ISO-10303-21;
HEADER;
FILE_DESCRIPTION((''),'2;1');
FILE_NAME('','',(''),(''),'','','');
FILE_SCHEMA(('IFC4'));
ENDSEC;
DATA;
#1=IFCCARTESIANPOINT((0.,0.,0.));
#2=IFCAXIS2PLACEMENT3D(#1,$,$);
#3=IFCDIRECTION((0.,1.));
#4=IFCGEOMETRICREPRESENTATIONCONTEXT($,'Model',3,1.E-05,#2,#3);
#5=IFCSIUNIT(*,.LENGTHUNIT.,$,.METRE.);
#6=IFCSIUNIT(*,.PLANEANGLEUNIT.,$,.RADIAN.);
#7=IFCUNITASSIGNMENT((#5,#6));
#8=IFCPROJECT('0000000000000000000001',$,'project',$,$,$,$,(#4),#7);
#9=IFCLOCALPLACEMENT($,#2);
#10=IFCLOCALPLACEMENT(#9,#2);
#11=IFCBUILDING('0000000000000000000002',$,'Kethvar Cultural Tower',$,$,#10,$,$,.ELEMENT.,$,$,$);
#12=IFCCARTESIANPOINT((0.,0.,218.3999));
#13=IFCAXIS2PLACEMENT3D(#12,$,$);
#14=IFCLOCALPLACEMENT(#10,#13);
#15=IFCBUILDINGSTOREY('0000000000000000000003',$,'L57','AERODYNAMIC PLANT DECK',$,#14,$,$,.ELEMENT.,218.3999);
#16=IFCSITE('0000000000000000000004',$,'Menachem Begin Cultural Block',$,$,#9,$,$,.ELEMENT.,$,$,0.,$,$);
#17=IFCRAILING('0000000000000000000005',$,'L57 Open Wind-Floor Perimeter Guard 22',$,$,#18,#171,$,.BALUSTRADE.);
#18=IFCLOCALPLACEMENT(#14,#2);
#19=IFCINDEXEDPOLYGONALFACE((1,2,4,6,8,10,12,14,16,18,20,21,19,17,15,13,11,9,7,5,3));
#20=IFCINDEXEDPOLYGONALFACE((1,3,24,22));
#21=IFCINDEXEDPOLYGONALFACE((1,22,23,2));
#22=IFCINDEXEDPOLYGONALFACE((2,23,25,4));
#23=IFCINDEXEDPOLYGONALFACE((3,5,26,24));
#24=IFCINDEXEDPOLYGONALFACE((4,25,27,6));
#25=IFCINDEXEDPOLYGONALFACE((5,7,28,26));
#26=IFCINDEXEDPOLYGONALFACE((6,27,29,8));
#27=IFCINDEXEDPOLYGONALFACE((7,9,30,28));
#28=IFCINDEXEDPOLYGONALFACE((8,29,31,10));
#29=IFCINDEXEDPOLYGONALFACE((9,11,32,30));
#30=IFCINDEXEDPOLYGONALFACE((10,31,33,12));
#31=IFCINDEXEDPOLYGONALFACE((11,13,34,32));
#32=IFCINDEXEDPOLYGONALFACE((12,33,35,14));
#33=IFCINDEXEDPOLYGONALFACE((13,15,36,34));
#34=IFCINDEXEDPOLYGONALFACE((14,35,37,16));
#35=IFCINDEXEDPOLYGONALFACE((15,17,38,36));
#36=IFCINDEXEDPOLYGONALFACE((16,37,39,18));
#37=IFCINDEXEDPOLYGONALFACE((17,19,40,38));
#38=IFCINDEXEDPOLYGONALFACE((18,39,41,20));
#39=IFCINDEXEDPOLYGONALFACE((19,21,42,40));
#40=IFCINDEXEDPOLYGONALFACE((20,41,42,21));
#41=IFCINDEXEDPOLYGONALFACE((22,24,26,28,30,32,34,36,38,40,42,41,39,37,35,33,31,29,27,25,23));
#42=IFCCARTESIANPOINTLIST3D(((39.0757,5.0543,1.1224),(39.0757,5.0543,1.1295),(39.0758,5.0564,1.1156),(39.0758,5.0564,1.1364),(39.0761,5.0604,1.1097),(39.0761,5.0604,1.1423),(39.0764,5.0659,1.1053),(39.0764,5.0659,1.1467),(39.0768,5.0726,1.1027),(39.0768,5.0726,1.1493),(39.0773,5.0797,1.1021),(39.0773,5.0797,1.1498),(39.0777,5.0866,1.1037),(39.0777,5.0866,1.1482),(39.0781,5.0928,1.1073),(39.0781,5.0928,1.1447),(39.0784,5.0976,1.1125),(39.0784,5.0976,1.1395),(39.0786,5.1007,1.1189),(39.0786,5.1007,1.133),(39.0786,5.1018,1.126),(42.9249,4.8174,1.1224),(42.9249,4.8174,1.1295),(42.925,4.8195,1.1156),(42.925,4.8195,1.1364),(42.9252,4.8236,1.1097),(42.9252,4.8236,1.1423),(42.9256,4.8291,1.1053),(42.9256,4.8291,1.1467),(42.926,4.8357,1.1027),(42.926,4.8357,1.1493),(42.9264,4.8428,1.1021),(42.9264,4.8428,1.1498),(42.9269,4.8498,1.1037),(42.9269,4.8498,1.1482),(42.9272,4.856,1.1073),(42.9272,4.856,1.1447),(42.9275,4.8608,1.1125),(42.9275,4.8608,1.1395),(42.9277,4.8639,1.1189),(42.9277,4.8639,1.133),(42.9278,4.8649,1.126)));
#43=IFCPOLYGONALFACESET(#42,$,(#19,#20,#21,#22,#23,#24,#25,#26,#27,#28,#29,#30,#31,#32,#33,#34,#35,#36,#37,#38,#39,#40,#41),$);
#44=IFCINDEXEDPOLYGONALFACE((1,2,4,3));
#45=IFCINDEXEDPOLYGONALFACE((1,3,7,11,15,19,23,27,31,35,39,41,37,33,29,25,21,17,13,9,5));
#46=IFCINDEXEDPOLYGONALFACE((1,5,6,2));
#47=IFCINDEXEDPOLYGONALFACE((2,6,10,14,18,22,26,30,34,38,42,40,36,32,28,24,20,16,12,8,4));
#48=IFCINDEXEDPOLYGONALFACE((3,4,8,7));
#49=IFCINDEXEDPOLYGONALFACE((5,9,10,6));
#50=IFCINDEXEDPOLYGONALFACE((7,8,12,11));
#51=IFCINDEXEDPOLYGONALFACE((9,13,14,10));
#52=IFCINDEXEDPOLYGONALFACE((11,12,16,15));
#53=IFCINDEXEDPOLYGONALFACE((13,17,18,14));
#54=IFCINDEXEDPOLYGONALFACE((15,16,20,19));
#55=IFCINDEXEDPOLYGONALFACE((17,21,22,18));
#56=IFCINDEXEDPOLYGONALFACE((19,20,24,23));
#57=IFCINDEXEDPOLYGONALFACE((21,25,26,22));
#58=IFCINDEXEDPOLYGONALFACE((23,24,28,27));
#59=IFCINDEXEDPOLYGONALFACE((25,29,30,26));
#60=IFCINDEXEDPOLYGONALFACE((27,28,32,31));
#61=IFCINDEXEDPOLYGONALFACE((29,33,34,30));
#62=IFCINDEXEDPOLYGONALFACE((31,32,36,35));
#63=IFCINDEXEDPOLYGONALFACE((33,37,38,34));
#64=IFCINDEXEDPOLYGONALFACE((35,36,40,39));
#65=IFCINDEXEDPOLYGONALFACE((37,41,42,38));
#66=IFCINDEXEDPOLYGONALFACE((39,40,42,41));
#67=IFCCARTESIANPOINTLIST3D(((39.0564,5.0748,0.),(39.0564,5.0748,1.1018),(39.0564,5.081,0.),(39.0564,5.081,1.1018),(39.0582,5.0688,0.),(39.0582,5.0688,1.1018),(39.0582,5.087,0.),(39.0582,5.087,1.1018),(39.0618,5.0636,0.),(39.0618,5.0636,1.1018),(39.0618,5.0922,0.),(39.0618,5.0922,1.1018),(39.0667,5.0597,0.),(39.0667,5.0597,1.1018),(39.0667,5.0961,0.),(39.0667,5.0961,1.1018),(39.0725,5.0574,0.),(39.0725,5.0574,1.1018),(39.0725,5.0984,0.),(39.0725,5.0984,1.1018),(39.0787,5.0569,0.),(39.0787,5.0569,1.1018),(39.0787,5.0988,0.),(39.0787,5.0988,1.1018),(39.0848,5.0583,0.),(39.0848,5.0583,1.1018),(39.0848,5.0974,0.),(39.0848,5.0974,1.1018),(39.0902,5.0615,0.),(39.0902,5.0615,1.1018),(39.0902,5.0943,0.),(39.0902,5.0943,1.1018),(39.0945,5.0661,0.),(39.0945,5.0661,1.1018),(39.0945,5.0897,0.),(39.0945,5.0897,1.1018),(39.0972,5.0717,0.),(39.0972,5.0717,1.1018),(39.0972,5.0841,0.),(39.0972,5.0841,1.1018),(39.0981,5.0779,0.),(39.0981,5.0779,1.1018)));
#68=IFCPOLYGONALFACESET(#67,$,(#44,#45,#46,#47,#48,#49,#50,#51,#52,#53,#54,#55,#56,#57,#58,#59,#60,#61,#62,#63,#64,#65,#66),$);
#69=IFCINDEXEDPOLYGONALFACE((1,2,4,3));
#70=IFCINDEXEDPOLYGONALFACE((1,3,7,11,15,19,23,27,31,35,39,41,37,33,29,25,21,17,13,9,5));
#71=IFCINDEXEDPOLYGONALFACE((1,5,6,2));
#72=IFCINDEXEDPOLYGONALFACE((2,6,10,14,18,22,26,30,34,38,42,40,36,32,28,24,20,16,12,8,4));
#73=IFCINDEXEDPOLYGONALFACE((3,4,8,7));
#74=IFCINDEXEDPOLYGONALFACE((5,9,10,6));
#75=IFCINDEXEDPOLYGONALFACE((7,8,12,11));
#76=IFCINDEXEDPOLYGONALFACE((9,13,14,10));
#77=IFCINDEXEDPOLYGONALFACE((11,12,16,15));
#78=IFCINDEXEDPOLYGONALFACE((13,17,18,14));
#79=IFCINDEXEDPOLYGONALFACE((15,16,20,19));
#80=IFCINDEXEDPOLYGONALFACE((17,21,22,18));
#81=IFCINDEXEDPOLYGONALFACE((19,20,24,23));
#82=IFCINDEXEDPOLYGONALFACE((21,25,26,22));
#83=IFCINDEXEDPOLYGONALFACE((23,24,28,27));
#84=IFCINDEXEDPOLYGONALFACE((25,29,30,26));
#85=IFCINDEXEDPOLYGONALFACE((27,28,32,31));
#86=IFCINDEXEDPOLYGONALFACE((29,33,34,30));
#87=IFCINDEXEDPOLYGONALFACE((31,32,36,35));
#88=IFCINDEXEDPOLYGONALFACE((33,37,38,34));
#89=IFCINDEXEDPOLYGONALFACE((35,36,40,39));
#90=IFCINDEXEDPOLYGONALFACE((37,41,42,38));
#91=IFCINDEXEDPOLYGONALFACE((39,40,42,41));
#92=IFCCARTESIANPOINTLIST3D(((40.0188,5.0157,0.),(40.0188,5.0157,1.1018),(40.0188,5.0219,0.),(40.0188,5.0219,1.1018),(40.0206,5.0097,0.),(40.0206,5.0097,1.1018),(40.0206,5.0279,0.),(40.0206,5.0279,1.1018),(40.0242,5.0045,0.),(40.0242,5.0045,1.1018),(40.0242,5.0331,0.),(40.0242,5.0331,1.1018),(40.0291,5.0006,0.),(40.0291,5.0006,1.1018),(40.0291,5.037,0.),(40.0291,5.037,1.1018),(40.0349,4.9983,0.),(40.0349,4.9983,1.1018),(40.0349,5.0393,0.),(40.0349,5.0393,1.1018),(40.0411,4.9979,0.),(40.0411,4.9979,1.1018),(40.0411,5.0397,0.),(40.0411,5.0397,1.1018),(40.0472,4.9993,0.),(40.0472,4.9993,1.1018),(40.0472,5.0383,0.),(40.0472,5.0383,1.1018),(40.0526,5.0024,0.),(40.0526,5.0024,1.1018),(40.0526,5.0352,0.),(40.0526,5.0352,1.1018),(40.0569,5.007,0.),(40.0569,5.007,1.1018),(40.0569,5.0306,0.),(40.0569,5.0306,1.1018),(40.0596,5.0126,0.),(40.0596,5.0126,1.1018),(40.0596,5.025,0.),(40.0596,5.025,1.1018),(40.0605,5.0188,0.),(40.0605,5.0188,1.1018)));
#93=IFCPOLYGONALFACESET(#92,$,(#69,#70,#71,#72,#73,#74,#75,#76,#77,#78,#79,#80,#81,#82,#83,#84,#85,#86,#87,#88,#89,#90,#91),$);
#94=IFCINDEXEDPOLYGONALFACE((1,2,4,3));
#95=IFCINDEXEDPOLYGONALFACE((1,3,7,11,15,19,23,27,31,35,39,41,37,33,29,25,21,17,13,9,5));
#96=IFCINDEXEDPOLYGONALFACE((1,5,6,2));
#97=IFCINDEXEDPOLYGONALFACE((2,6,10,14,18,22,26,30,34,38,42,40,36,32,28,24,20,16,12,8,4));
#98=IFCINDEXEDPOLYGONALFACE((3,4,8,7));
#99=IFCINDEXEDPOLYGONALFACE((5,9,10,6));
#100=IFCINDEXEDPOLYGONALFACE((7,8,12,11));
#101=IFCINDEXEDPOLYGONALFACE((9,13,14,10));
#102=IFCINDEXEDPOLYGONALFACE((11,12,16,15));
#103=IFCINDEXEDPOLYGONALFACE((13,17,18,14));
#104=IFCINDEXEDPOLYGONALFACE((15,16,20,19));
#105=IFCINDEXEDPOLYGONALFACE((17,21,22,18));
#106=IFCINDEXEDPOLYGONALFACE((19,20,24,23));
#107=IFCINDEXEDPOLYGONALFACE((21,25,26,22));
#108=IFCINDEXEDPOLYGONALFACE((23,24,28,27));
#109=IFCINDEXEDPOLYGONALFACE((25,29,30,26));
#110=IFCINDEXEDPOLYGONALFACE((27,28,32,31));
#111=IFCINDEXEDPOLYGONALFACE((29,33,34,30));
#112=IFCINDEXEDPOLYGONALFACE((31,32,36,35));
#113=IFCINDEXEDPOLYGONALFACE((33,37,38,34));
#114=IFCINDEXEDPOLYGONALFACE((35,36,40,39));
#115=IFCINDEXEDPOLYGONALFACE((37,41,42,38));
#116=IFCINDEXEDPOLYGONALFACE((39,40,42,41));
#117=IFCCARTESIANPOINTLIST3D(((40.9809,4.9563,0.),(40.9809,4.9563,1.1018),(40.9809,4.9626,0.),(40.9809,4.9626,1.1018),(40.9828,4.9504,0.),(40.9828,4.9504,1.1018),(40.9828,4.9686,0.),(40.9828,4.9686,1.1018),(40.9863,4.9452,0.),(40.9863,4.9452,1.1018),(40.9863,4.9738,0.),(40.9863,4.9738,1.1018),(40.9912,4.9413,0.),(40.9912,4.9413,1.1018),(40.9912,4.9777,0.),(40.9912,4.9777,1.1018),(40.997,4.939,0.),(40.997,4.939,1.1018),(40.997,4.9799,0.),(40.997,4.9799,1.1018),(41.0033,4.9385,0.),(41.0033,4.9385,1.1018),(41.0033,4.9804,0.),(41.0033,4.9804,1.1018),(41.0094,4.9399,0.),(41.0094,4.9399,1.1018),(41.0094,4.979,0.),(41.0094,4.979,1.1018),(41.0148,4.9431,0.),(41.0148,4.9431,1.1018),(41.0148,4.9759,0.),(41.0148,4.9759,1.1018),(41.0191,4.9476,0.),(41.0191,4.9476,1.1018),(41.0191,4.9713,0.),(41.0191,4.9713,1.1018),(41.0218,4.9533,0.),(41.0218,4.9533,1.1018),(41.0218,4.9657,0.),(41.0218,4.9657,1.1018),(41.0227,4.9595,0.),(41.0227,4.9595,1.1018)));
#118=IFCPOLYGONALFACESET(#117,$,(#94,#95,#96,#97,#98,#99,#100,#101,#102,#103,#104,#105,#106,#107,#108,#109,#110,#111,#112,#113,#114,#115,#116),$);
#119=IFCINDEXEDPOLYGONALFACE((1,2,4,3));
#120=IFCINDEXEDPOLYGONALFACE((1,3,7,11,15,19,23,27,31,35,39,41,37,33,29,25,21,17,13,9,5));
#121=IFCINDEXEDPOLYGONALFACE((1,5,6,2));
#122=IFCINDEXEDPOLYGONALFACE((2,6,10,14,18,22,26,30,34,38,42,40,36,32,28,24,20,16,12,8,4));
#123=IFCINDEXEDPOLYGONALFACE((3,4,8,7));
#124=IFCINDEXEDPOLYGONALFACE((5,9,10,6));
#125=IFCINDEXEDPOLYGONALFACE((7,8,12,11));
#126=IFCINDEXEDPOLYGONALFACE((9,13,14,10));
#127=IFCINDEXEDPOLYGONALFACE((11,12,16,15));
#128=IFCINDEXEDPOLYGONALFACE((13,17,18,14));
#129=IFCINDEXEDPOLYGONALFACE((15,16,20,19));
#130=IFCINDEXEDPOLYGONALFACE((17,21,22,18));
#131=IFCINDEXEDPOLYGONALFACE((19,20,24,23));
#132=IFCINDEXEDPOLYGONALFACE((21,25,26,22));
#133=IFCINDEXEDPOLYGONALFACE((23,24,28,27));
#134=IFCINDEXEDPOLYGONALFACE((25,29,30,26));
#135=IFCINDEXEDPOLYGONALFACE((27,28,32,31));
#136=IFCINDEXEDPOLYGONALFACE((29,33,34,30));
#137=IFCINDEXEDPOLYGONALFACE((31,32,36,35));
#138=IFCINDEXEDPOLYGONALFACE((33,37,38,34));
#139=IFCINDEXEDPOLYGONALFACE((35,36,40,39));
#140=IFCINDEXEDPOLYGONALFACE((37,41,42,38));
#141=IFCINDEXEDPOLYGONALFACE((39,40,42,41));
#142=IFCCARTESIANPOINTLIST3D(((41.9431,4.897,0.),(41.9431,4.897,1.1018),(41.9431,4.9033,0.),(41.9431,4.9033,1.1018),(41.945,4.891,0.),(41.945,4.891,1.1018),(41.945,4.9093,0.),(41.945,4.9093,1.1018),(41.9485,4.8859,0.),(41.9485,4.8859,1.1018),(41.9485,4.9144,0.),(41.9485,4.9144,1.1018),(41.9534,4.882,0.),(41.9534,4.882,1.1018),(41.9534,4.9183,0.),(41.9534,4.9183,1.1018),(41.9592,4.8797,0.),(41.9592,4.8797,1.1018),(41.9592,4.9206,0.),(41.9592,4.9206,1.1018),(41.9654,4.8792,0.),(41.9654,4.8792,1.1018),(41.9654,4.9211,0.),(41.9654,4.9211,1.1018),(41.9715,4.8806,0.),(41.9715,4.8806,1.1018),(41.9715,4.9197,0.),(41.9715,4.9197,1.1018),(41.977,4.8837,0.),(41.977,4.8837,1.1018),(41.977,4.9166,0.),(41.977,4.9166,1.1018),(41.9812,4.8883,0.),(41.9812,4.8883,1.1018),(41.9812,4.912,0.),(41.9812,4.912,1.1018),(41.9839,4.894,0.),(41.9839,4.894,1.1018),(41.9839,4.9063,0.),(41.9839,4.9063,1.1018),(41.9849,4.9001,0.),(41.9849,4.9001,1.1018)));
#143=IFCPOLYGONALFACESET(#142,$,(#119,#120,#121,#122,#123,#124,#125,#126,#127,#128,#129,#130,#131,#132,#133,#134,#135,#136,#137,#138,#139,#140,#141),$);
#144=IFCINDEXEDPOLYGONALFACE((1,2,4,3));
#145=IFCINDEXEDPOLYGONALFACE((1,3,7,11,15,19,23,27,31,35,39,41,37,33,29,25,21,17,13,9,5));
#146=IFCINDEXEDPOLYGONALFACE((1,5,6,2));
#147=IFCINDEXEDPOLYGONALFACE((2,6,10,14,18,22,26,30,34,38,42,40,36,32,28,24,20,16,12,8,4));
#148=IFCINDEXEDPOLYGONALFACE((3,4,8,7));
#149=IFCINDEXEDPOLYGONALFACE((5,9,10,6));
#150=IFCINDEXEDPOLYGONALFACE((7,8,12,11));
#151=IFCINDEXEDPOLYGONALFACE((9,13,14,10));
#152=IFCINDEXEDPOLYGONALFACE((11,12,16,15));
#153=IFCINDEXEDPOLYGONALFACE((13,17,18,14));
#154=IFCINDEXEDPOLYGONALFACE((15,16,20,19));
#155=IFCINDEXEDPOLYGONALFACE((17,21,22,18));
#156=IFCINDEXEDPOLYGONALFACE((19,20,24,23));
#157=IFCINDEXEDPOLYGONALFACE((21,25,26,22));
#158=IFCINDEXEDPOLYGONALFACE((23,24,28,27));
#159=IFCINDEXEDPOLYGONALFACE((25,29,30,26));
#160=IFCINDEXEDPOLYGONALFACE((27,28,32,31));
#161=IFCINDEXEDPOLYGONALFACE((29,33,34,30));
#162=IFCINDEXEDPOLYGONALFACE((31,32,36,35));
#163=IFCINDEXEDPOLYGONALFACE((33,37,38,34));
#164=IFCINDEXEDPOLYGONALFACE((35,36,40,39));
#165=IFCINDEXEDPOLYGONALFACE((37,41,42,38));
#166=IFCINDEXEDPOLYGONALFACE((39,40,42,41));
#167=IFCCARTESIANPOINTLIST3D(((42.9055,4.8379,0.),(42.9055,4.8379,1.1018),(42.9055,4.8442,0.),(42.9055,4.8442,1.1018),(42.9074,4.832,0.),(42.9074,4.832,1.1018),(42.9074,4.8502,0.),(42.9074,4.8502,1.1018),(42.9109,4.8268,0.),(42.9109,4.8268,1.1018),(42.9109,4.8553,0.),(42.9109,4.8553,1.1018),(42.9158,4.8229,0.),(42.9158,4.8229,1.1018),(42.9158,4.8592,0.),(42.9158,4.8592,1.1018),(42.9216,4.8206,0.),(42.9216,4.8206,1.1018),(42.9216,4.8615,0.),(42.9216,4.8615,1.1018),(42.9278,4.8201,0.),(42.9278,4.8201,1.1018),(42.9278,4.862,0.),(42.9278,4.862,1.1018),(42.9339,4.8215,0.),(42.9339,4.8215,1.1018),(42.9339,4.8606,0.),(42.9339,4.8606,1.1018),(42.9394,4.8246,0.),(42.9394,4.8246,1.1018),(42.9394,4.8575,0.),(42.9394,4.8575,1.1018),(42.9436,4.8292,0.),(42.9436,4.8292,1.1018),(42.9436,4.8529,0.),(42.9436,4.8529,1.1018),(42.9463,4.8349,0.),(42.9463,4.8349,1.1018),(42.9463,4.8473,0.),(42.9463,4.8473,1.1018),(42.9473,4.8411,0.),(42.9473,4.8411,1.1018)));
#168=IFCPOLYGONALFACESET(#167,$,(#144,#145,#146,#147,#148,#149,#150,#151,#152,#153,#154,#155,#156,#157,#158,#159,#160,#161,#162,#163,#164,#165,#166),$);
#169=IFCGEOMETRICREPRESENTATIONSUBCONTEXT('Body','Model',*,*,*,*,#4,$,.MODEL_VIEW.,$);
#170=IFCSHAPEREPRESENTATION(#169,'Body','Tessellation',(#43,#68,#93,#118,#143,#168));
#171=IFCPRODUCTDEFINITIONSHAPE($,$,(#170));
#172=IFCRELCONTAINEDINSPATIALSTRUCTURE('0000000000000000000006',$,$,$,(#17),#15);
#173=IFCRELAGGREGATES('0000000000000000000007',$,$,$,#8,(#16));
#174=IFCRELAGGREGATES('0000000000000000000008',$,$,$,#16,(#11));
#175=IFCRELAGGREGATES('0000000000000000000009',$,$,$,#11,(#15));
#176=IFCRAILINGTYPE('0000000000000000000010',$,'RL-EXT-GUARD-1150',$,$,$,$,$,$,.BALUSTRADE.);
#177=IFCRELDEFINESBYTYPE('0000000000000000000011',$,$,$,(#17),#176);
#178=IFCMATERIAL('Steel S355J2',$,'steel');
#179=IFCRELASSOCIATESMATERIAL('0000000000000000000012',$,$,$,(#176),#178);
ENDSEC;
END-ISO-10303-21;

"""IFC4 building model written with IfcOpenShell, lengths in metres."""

from ifc_helpers import new_model, si_unit, direction, frame, origin, origin_2d, place, context, subcontext, project, spatial, circle, extrude, material, type_object, element, save


model = new_model("IFC4")

# Units and contexts
model_context = context("Model", 3, precision=1e-05, world=origin(), true_north=direction((0.0, 1.0)))
body_context = subcontext(model_context, "Body", "Model", "MODEL_VIEW")
ifc_project = project(units=[si_unit("LENGTHUNIT", "METRE"), si_unit("PLANEANGLEUNIT", "RADIAN")], contexts=[model_context])

# Site, building, storey
site_placement = place(None, origin())
site = spatial("IfcSite", under=ifc_project, at=site_placement, Name="Menachem Begin Cultural Block", CompositionType="ELEMENT", RefElevation=0.0)
building_placement = place(site_placement, origin())
building = spatial("IfcBuilding", under=site, at=building_placement, Name="Kethvar Cultural Tower", CompositionType="ELEMENT")
storey_placement = place(building_placement, frame((0.0, 0.0, 218.3999)))
storey = spatial("IfcBuildingStorey", under=building, at=storey_placement, Name="L57", Description="AERODYNAMIC PLANT DECK", CompositionType="ELEMENT", Elevation=218.3999)

# Shared definitions
ifc_material_1 = material(Name="Steel S355J2", Category="steel")

# Railing
railing_type_1 = type_object("IfcRailingType", Name="RL-EXT-GUARD-1150", PredefinedType="BALUSTRADE", material=ifc_material_1)
railing_1_placement = place(storey_placement, frame((39.0771, 5.0779, 0.0)))
element("IfcRailing", 1, at=railing_1_placement, inside=storey, type_object=railing_type_1, Name="L57 Open Wind-Floor Perimeter Guard 22", PredefinedType="BALUSTRADE", context=body_context, shape_type="SweptSolid", body=[
    extrude(circle(Radius=0.0239, at=origin_2d()), frame((0.0, 0.0, 1.126), z_axis=(0.998113, -0.061409, 0.0), x_axis=(0.061409, 0.998113, 0.0)), (0.0, 0.0, 1.0), 3.8564),
    extrude(circle(Radius=0.021, at=origin_2d()), origin(), (0.0, 0.0, 1.0), 1.1018),
    extrude(circle(Radius=0.021, at=origin_2d()), frame((0.9624, -0.0591, 0.0)), (0.0, 0.0, 1.0), 1.1018),
    extrude(circle(Radius=0.021, at=origin_2d()), frame((1.9246, -0.1184, 0.0)), (0.0, 0.0, 1.0), 1.1018),
    extrude(circle(Radius=0.021, at=origin_2d()), frame((2.8867, -0.1777, 0.0)), (0.0, 0.0, 1.0), 1.1018),
    extrude(circle(Radius=0.021, at=origin_2d()), frame((3.8491, -0.2368, 0.0)), (0.0, 0.0, 1.0), 1.1018),
])

save(model, "model.ifc")
